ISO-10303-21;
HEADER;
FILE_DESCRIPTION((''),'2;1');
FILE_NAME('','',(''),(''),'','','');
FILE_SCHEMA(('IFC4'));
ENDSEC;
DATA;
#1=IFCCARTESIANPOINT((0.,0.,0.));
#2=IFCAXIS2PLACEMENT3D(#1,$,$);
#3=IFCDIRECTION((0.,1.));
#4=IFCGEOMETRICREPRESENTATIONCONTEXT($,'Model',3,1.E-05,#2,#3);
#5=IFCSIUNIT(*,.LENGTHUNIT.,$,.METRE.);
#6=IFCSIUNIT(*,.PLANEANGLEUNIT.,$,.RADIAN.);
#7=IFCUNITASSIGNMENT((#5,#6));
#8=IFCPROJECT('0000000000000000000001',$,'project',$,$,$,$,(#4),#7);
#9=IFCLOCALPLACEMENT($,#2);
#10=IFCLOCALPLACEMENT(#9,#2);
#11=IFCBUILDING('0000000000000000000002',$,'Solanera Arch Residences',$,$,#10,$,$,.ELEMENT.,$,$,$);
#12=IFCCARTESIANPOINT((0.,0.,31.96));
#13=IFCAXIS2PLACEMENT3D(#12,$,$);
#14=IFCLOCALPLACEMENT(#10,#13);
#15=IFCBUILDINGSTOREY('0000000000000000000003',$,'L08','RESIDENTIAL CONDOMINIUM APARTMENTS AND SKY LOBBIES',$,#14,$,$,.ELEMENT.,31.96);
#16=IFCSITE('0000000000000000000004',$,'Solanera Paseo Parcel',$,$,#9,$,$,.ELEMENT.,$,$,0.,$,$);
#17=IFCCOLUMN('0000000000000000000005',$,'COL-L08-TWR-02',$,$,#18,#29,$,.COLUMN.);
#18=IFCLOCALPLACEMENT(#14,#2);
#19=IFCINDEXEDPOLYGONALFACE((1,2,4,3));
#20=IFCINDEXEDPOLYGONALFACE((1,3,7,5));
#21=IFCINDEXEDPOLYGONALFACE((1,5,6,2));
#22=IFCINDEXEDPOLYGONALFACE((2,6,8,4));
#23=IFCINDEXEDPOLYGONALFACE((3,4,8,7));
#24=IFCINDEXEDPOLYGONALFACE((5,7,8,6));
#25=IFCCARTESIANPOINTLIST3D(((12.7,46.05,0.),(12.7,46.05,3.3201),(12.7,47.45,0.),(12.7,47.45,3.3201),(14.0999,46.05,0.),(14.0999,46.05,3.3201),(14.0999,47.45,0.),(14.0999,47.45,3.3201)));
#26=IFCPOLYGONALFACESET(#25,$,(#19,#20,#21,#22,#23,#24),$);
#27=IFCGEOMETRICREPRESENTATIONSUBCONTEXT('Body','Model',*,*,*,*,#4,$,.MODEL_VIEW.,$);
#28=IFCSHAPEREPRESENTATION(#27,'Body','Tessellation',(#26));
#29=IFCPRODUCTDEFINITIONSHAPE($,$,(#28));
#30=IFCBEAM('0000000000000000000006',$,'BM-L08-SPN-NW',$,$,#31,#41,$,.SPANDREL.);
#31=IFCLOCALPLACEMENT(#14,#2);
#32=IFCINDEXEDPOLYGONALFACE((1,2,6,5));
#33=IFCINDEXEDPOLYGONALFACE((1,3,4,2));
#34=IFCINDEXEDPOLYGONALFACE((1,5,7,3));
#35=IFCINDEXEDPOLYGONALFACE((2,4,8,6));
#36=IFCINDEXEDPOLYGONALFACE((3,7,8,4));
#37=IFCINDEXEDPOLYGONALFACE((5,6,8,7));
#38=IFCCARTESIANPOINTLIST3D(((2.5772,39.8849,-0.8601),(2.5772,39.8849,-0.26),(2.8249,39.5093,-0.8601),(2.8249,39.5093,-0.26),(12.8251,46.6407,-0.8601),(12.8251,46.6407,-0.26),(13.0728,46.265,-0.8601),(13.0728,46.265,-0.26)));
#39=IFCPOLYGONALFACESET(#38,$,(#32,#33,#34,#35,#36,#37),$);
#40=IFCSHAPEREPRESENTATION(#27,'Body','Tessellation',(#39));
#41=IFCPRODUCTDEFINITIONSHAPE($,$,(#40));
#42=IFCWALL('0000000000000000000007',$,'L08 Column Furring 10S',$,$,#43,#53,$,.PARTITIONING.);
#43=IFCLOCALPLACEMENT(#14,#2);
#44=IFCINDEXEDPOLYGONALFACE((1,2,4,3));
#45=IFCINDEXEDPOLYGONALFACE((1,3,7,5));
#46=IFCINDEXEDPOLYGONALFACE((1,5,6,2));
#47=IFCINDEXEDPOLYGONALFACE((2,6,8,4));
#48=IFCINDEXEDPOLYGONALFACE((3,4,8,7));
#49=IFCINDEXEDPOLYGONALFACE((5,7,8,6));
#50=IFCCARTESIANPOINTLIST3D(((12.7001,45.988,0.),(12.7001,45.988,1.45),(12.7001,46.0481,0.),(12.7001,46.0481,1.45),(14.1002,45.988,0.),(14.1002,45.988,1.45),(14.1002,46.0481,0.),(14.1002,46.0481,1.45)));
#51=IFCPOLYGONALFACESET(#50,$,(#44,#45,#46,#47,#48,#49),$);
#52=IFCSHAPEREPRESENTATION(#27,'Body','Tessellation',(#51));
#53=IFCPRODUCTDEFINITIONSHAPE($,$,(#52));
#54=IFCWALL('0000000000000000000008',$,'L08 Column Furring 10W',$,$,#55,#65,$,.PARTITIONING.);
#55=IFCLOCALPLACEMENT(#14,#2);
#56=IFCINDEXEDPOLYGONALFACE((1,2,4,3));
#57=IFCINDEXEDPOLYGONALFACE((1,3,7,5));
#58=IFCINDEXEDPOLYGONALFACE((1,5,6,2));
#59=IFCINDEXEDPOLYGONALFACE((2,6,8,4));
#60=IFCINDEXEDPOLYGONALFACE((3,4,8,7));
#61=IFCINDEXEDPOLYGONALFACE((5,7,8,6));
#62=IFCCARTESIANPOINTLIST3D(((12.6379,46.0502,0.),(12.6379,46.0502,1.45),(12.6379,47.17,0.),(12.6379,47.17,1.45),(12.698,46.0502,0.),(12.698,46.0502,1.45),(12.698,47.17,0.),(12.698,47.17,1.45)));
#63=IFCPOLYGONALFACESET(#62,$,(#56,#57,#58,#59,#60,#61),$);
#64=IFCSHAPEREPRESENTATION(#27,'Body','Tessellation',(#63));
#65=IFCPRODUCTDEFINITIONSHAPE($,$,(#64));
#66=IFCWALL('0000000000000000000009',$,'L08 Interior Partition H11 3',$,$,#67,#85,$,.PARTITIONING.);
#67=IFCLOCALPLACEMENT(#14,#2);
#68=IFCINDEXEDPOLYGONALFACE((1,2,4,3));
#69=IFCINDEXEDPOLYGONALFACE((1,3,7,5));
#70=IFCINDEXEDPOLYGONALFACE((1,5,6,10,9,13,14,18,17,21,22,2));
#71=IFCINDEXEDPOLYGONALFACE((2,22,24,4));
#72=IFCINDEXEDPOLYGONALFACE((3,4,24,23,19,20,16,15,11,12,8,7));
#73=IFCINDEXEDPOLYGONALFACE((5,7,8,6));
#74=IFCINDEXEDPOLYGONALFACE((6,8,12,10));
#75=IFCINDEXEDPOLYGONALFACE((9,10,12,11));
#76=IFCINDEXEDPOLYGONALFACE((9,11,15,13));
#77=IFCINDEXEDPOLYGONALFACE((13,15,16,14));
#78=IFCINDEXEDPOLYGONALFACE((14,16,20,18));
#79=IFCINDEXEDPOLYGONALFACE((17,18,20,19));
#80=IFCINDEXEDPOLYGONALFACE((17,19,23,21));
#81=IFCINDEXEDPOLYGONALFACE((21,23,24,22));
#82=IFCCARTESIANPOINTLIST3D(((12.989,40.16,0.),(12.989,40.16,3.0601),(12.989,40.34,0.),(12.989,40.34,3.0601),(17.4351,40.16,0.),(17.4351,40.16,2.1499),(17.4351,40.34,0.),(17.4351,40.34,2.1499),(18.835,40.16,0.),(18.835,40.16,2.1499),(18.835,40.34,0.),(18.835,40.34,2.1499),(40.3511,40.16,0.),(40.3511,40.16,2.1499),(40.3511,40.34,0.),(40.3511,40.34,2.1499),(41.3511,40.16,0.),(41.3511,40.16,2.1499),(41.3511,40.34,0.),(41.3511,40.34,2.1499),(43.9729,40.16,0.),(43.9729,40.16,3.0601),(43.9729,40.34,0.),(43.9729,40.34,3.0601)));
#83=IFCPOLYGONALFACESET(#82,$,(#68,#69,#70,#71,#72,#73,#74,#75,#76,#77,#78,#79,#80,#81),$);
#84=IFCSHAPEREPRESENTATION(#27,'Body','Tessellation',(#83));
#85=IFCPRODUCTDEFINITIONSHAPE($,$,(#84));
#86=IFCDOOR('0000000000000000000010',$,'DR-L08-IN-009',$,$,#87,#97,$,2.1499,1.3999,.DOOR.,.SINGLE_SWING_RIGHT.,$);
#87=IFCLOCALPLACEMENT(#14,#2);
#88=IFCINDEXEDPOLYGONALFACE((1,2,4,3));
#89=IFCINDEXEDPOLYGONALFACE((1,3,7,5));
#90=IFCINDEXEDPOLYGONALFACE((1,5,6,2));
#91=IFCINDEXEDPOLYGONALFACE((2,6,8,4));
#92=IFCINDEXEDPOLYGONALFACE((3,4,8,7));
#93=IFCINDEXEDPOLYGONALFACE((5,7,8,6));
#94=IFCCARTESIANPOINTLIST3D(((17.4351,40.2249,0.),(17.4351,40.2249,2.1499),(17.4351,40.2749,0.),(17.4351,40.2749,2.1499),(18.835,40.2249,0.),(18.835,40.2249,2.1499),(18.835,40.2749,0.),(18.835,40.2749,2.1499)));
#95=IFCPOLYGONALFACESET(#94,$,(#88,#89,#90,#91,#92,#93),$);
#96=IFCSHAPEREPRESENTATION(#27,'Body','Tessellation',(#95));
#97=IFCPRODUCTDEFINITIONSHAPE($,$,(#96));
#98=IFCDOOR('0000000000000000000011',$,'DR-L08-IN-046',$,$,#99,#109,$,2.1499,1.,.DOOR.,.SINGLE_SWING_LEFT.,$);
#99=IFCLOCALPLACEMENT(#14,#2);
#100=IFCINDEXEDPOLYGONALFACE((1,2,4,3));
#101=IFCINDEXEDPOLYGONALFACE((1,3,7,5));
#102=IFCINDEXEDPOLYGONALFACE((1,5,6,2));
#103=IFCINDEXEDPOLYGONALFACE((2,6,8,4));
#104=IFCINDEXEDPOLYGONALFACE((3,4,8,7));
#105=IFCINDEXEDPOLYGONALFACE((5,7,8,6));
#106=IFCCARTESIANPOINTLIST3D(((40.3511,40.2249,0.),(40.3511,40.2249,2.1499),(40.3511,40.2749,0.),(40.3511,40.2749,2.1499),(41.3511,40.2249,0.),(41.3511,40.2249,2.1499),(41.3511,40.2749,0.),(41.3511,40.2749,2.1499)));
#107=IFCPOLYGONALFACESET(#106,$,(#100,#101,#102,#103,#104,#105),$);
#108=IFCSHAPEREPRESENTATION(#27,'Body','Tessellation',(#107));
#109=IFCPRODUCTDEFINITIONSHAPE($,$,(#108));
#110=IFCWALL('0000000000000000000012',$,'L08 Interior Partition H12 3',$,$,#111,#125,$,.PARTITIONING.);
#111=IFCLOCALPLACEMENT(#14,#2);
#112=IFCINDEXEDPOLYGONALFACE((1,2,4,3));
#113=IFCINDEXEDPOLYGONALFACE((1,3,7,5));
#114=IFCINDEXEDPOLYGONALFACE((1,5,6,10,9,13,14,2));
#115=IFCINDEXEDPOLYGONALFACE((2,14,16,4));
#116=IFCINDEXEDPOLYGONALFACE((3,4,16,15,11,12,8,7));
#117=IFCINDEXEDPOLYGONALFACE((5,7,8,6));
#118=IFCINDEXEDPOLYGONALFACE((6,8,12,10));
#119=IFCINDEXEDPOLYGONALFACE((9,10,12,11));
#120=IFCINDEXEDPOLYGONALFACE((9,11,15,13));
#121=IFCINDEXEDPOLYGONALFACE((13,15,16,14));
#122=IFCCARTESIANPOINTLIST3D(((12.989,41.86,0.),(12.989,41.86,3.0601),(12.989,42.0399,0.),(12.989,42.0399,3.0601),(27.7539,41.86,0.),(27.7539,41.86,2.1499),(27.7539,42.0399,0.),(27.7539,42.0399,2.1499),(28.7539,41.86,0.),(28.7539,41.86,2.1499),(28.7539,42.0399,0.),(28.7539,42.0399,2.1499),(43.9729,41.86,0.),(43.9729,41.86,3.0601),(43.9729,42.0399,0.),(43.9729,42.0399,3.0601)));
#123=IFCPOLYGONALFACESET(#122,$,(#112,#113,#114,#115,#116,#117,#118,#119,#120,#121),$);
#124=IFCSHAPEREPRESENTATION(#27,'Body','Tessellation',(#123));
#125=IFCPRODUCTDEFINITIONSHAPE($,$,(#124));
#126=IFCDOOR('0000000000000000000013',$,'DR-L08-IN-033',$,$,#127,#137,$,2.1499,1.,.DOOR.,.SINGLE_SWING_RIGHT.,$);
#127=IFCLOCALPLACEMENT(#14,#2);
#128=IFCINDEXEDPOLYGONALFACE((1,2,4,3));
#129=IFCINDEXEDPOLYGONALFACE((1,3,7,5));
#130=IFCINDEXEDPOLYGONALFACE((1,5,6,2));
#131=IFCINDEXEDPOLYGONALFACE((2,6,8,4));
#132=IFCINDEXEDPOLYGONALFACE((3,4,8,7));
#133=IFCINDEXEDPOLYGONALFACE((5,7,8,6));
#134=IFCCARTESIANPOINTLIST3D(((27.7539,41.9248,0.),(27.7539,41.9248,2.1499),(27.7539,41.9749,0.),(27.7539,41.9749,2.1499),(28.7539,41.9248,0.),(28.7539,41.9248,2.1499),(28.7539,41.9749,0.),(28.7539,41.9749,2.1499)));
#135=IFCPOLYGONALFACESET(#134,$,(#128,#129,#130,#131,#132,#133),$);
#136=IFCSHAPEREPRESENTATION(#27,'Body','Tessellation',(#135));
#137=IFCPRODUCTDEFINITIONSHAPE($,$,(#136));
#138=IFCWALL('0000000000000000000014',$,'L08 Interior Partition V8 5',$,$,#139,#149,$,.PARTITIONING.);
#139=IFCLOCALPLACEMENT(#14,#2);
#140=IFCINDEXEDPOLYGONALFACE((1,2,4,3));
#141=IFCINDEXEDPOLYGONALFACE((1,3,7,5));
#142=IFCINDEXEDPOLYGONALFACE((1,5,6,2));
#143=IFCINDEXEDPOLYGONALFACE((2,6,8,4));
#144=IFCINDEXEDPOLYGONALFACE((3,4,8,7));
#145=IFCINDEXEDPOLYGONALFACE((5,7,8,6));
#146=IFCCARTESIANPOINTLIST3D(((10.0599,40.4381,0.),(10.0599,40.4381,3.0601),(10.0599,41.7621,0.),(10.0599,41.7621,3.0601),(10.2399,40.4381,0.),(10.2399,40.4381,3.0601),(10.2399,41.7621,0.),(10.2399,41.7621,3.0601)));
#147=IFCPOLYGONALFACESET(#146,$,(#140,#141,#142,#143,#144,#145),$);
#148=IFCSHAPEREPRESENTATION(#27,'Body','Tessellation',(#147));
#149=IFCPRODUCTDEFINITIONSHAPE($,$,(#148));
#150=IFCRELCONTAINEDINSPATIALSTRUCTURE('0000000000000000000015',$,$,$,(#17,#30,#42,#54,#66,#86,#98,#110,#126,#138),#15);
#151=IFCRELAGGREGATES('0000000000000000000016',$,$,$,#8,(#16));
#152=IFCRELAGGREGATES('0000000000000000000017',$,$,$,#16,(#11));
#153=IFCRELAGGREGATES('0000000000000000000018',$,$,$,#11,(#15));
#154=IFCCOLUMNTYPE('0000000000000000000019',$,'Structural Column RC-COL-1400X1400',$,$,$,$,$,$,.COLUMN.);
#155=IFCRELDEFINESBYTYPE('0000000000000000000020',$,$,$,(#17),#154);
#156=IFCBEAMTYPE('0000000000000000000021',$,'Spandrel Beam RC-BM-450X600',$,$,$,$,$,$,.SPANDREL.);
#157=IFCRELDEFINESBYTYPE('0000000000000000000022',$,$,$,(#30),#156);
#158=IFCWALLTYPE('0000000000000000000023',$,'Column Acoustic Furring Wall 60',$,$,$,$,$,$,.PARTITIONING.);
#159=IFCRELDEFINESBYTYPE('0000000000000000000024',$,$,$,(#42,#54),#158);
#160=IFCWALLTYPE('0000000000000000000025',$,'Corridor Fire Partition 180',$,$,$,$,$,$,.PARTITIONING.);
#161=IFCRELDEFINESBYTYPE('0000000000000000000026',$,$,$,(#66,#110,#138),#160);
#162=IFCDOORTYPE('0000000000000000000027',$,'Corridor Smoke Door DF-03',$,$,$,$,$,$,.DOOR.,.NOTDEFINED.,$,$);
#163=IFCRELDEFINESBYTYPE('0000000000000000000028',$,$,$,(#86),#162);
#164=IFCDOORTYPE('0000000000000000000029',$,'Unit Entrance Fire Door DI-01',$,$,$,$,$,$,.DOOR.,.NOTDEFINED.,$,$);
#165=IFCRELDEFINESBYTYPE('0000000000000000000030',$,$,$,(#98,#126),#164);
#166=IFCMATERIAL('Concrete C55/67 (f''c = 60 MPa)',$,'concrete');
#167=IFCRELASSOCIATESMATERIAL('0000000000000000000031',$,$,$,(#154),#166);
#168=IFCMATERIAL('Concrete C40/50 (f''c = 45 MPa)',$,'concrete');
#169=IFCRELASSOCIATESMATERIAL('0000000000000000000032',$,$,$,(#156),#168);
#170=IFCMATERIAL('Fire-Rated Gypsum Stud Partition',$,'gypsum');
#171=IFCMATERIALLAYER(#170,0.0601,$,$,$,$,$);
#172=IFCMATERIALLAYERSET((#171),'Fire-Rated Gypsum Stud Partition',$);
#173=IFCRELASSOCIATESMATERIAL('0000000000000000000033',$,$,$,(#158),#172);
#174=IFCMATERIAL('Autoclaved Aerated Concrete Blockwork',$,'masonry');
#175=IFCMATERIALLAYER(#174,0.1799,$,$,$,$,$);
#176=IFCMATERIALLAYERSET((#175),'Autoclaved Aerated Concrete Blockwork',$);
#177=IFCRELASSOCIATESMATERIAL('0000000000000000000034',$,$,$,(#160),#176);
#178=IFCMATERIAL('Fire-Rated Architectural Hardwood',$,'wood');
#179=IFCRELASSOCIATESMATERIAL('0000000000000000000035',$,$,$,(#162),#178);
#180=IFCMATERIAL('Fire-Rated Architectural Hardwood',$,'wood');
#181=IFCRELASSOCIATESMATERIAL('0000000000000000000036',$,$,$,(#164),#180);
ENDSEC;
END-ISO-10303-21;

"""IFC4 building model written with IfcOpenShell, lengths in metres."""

from ifc_helpers import new_model, si_unit, direction, frame, frame_2d, origin, origin_2d, place, context, subcontext, project, spatial, rectangle, extrude, material, layer, layer_set, material_profile, profile_set, type_object, element, fill, save


model = new_model("IFC4")

# Units and contexts
model_context = context("Model", 3, precision=1e-05, world=origin(), true_north=direction((0.0, 1.0)))
body_context = subcontext(model_context, "Body", "Model", "MODEL_VIEW")
ifc_project = project(units=[si_unit("LENGTHUNIT", "METRE"), si_unit("PLANEANGLEUNIT", "RADIAN")], contexts=[model_context])

# Site, building, storey
site_placement = place(None, origin())
site = spatial("IfcSite", under=ifc_project, at=site_placement, Name="Solanera Paseo Parcel", CompositionType="ELEMENT", RefElevation=0.0)
building_placement = place(site_placement, origin())
building = spatial("IfcBuilding", under=site, at=building_placement, Name="Solanera Arch Residences", CompositionType="ELEMENT")
storey_placement = place(building_placement, frame((0.0, 0.0, 31.96)))
storey = spatial("IfcBuildingStorey", under=building, at=storey_placement, Name="L08", Description="RESIDENTIAL CONDOMINIUM APARTMENTS AND SKY LOBBIES", CompositionType="ELEMENT", Elevation=31.96)

# Column
ifc_material_1 = material(Name="Concrete C55/67 (f'c = 60 MPa)", Category="concrete")
ifc_material_profile_1 = material_profile(ifc_material_1, rectangle(XDim=1.3999, YDim=1.3999, at=origin_2d()))
ifc_profile_set_1 = profile_set([ifc_material_profile_1], Name="Concrete C55/67 (f'c = 60 MPa)")
column_type = type_object("IfcColumnType", Name="Structural Column RC-COL-1400X1400", PredefinedType="COLUMN", material=ifc_profile_set_1)
column_placement = place(storey_placement, frame((13.3999, 46.75, 0.0), z_axis=(0.0, 0.0, 1.0), x_axis=(1.0, 0.0, 0.0)))
element("IfcColumn", 1, at=column_placement, inside=storey, type_object=column_type, Name="COL-L08-TWR-02", PredefinedType="COLUMN", context=body_context, shape_type="SweptSolid", body=[
    extrude(rectangle(XDim=1.3999, YDim=1.3999, at=origin_2d()), origin(), (0.0, 0.0, 1.0), 3.3201),
])

# Beam
ifc_material_2 = material(Name="Concrete C40/50 (f'c = 45 MPa)", Category="concrete")
ifc_material_profile_2 = material_profile(ifc_material_2, rectangle(XDim=0.45, YDim=0.6001, at=origin_2d()))
ifc_profile_set_2 = profile_set([ifc_material_profile_2], Name="Concrete C40/50 (f'c = 45 MPa)")
beam_type = type_object("IfcBeamType", Name="Spandrel Beam RC-BM-450X600", PredefinedType="SPANDREL", material=ifc_profile_set_2)
beam_placement = place(storey_placement, frame((12.949, 46.4529, -0.5601), z_axis=(-0.834903, -0.550397, 0.0), x_axis=(0.550397, -0.834903, 0.0)))
element("IfcBeam", 2, at=beam_placement, inside=storey, type_object=beam_type, Name="BM-L08-SPN-NW", PredefinedType="SPANDREL", context=body_context, shape_type="SweptSolid", body=[
    extrude(rectangle(XDim=0.45, YDim=0.6001, at=origin_2d()), origin(), (0.0, 0.0, 1.0), 12.2744),
])

# Walls
ifc_material_3 = material(Name="Fire-Rated Gypsum Stud Partition", Category="gypsum")
ifc_layer_1 = layer(ifc_material_3, 0.0601)
ifc_layer_set_1 = layer_set([ifc_layer_1], Name="Fire-Rated Gypsum Stud Partition")
wall_type_1 = type_object("IfcWallType", Name="Column Acoustic Furring Wall 60", PredefinedType="PARTITIONING", material=ifc_layer_set_1)
wall_1_placement = place(storey_placement, frame((12.7, 46.0181, 0.0), z_axis=(0.0, 0.0, 1.0), x_axis=(1.0, 0.0, 0.0)))
element("IfcWall", 3, at=wall_1_placement, inside=storey, type_object=wall_type_1, Name="L08 Column Furring 10S", PredefinedType="PARTITIONING", context=body_context, shape_type="SweptSolid", body=[
    extrude(rectangle(XDim=1.4001, YDim=0.0601, at=frame_2d((0.7002, 0.0))), origin(), (0.0, 0.0, 1.0), 1.45),
])
wall_2_placement = place(storey_placement, frame((12.668, 46.05, 0.0), z_axis=(0.0, 0.0, 1.0), x_axis=(0.0, 1.0, 0.0)))
element("IfcWall", 4, at=wall_2_placement, inside=storey, type_object=wall_type_1, Name="L08 Column Furring 10W", PredefinedType="PARTITIONING", context=body_context, shape_type="SweptSolid", body=[
    extrude(rectangle(XDim=1.1199, YDim=0.0601, at=frame_2d((0.5601, 0.0))), origin(), (0.0, 0.0, 1.0), 1.45),
])

# Wall, openings, doors
ifc_material_4 = material(Name="Autoclaved Aerated Concrete Blockwork", Category="masonry")
ifc_layer_2 = layer(ifc_material_4, 0.1799)
ifc_layer_set_2 = layer_set([ifc_layer_2], Name="Autoclaved Aerated Concrete Blockwork")
wall_type_2 = type_object("IfcWallType", Name="Corridor Fire Partition 180", PredefinedType="PARTITIONING", material=ifc_layer_set_2)
wall_3_placement = place(storey_placement, frame((12.989, 40.25, 0.0), z_axis=(0.0, 0.0, 1.0), x_axis=(1.0, 0.0, 0.0)))
wall_3 = element("IfcWall", 5, at=wall_3_placement, inside=storey, type_object=wall_type_2, Name="L08 Interior Partition H11 3", PredefinedType="PARTITIONING", context=body_context, shape_type="SweptSolid", body=[
    extrude(rectangle(XDim=30.9839, YDim=0.1799, at=frame_2d((15.4919, 0.0))), origin(), (0.0, 0.0, 1.0), 3.0601),
])
opening_1_placement = place(wall_3_placement, frame((4.446, 0.0, 0.0)))
opening_1 = element("IfcOpeningElement", 6, at=opening_1_placement, cuts=wall_3, PredefinedType="OPENING", context=body_context, shape_type="SweptSolid", body=[
    extrude(rectangle(XDim=1.3999, YDim=2.1499, at=frame_2d((0.7, 1.075))), frame((0.0, 0.1001, 0.0), z_axis=(0.0, -1.0, 0.0), x_axis=(1.0, 0.0, 0.0)), (0.0, 0.0, 1.0), 0.1999),
])
opening_2_placement = place(wall_3_placement, frame((27.3621, 0.0, 0.0)))
opening_2 = element("IfcOpeningElement", 7, at=opening_2_placement, cuts=wall_3, PredefinedType="OPENING", context=body_context, shape_type="SweptSolid", body=[
    extrude(rectangle(XDim=1.0, YDim=2.1499, at=frame_2d((0.5, 1.075))), frame((0.0, 0.1001, 0.0), z_axis=(0.0, -1.0, 0.0), x_axis=(1.0, 0.0, 0.0)), (0.0, 0.0, 1.0), 0.1999),
])
ifc_material_5 = material(Name="Fire-Rated Architectural Hardwood", Category="wood")
door_type_1 = type_object("IfcDoorType", Name="Corridor Smoke Door DF-03", OperationType="NOTDEFINED", PredefinedType="DOOR", material=ifc_material_5)
door_1_placement = place(opening_1_placement, origin())
door_1 = element("IfcDoor", 8, at=door_1_placement, inside=storey, type_object=door_type_1, Name="DR-L08-IN-009", OperationType="SINGLE_SWING_RIGHT", OverallHeight=2.1499, OverallWidth=1.3999, PredefinedType="DOOR", context=body_context, shape_type="SweptSolid", body=[
    extrude(rectangle(XDim=1.3999, YDim=2.1499, at=frame_2d((0.7, 1.075))), frame((0.0, 0.0249, 0.0), z_axis=(0.0, -1.0, 0.0), x_axis=(1.0, 0.0, 0.0)), (0.0, 0.0, 1.0), 0.05),
])
fill(opening_1, door_1)
ifc_material_6 = material(Name="Fire-Rated Architectural Hardwood", Category="wood")
door_type_2 = type_object("IfcDoorType", Name="Unit Entrance Fire Door DI-01", OperationType="NOTDEFINED", PredefinedType="DOOR", material=ifc_material_6)
door_2_placement = place(opening_2_placement, origin())
door_2 = element("IfcDoor", 9, at=door_2_placement, inside=storey, type_object=door_type_2, Name="DR-L08-IN-046", OperationType="SINGLE_SWING_LEFT", OverallHeight=2.1499, OverallWidth=1.0, PredefinedType="DOOR", context=body_context, shape_type="SweptSolid", body=[
    extrude(rectangle(XDim=1.0, YDim=2.1499, at=frame_2d((0.5, 1.075))), frame((0.0, 0.0249, 0.0), z_axis=(0.0, -1.0, 0.0), x_axis=(1.0, 0.0, 0.0)), (0.0, 0.0, 1.0), 0.05),
])
fill(opening_2, door_2)

# Wall, opening, door
wall_4_placement = place(storey_placement, frame((12.989, 41.95, 0.0), z_axis=(0.0, 0.0, 1.0), x_axis=(1.0, 0.0, 0.0)))
wall_4 = element("IfcWall", 10, at=wall_4_placement, inside=storey, type_object=wall_type_2, Name="L08 Interior Partition H12 3", PredefinedType="PARTITIONING", context=body_context, shape_type="SweptSolid", body=[
    extrude(rectangle(XDim=30.9839, YDim=0.1799, at=frame_2d((15.4919, 0.0))), origin(), (0.0, 0.0, 1.0), 3.0601),
])
opening_3_placement = place(wall_4_placement, frame((14.7649, 0.0, 0.0)))
opening_3 = element("IfcOpeningElement", 11, at=opening_3_placement, cuts=wall_4, PredefinedType="OPENING", context=body_context, shape_type="SweptSolid", body=[
    extrude(rectangle(XDim=1.0, YDim=2.1499, at=frame_2d((0.5, 1.075))), frame((0.0, 0.1001, 0.0), z_axis=(0.0, -1.0, 0.0), x_axis=(1.0, 0.0, 0.0)), (0.0, 0.0, 1.0), 0.1999),
])
door_3_placement = place(opening_3_placement, origin())
door_3 = element("IfcDoor", 12, at=door_3_placement, inside=storey, type_object=door_type_2, Name="DR-L08-IN-033", OperationType="SINGLE_SWING_RIGHT", OverallHeight=2.1499, OverallWidth=1.0, PredefinedType="DOOR", context=body_context, shape_type="SweptSolid", body=[
    extrude(rectangle(XDim=1.0, YDim=2.1499, at=frame_2d((0.5, 1.075))), frame((0.0, 0.0249, 0.0), z_axis=(0.0, -1.0, 0.0), x_axis=(1.0, 0.0, 0.0)), (0.0, 0.0, 1.0), 0.05),
])
fill(opening_3, door_3)

# Wall
wall_5_placement = place(storey_placement, frame((10.1499, 40.438, 0.0), z_axis=(0.0, 0.0, 1.0), x_axis=(0.0, 1.0, 0.0)))
element("IfcWall", 13, at=wall_5_placement, inside=storey, type_object=wall_type_2, Name="L08 Interior Partition V8 5", PredefinedType="PARTITIONING", context=body_context, shape_type="SweptSolid", body=[
    extrude(rectangle(XDim=1.324, YDim=0.1799, at=frame_2d((0.6621, 0.0))), origin(), (0.0, 0.0, 1.0), 3.0601),
])

save(model, "model.ifc")
